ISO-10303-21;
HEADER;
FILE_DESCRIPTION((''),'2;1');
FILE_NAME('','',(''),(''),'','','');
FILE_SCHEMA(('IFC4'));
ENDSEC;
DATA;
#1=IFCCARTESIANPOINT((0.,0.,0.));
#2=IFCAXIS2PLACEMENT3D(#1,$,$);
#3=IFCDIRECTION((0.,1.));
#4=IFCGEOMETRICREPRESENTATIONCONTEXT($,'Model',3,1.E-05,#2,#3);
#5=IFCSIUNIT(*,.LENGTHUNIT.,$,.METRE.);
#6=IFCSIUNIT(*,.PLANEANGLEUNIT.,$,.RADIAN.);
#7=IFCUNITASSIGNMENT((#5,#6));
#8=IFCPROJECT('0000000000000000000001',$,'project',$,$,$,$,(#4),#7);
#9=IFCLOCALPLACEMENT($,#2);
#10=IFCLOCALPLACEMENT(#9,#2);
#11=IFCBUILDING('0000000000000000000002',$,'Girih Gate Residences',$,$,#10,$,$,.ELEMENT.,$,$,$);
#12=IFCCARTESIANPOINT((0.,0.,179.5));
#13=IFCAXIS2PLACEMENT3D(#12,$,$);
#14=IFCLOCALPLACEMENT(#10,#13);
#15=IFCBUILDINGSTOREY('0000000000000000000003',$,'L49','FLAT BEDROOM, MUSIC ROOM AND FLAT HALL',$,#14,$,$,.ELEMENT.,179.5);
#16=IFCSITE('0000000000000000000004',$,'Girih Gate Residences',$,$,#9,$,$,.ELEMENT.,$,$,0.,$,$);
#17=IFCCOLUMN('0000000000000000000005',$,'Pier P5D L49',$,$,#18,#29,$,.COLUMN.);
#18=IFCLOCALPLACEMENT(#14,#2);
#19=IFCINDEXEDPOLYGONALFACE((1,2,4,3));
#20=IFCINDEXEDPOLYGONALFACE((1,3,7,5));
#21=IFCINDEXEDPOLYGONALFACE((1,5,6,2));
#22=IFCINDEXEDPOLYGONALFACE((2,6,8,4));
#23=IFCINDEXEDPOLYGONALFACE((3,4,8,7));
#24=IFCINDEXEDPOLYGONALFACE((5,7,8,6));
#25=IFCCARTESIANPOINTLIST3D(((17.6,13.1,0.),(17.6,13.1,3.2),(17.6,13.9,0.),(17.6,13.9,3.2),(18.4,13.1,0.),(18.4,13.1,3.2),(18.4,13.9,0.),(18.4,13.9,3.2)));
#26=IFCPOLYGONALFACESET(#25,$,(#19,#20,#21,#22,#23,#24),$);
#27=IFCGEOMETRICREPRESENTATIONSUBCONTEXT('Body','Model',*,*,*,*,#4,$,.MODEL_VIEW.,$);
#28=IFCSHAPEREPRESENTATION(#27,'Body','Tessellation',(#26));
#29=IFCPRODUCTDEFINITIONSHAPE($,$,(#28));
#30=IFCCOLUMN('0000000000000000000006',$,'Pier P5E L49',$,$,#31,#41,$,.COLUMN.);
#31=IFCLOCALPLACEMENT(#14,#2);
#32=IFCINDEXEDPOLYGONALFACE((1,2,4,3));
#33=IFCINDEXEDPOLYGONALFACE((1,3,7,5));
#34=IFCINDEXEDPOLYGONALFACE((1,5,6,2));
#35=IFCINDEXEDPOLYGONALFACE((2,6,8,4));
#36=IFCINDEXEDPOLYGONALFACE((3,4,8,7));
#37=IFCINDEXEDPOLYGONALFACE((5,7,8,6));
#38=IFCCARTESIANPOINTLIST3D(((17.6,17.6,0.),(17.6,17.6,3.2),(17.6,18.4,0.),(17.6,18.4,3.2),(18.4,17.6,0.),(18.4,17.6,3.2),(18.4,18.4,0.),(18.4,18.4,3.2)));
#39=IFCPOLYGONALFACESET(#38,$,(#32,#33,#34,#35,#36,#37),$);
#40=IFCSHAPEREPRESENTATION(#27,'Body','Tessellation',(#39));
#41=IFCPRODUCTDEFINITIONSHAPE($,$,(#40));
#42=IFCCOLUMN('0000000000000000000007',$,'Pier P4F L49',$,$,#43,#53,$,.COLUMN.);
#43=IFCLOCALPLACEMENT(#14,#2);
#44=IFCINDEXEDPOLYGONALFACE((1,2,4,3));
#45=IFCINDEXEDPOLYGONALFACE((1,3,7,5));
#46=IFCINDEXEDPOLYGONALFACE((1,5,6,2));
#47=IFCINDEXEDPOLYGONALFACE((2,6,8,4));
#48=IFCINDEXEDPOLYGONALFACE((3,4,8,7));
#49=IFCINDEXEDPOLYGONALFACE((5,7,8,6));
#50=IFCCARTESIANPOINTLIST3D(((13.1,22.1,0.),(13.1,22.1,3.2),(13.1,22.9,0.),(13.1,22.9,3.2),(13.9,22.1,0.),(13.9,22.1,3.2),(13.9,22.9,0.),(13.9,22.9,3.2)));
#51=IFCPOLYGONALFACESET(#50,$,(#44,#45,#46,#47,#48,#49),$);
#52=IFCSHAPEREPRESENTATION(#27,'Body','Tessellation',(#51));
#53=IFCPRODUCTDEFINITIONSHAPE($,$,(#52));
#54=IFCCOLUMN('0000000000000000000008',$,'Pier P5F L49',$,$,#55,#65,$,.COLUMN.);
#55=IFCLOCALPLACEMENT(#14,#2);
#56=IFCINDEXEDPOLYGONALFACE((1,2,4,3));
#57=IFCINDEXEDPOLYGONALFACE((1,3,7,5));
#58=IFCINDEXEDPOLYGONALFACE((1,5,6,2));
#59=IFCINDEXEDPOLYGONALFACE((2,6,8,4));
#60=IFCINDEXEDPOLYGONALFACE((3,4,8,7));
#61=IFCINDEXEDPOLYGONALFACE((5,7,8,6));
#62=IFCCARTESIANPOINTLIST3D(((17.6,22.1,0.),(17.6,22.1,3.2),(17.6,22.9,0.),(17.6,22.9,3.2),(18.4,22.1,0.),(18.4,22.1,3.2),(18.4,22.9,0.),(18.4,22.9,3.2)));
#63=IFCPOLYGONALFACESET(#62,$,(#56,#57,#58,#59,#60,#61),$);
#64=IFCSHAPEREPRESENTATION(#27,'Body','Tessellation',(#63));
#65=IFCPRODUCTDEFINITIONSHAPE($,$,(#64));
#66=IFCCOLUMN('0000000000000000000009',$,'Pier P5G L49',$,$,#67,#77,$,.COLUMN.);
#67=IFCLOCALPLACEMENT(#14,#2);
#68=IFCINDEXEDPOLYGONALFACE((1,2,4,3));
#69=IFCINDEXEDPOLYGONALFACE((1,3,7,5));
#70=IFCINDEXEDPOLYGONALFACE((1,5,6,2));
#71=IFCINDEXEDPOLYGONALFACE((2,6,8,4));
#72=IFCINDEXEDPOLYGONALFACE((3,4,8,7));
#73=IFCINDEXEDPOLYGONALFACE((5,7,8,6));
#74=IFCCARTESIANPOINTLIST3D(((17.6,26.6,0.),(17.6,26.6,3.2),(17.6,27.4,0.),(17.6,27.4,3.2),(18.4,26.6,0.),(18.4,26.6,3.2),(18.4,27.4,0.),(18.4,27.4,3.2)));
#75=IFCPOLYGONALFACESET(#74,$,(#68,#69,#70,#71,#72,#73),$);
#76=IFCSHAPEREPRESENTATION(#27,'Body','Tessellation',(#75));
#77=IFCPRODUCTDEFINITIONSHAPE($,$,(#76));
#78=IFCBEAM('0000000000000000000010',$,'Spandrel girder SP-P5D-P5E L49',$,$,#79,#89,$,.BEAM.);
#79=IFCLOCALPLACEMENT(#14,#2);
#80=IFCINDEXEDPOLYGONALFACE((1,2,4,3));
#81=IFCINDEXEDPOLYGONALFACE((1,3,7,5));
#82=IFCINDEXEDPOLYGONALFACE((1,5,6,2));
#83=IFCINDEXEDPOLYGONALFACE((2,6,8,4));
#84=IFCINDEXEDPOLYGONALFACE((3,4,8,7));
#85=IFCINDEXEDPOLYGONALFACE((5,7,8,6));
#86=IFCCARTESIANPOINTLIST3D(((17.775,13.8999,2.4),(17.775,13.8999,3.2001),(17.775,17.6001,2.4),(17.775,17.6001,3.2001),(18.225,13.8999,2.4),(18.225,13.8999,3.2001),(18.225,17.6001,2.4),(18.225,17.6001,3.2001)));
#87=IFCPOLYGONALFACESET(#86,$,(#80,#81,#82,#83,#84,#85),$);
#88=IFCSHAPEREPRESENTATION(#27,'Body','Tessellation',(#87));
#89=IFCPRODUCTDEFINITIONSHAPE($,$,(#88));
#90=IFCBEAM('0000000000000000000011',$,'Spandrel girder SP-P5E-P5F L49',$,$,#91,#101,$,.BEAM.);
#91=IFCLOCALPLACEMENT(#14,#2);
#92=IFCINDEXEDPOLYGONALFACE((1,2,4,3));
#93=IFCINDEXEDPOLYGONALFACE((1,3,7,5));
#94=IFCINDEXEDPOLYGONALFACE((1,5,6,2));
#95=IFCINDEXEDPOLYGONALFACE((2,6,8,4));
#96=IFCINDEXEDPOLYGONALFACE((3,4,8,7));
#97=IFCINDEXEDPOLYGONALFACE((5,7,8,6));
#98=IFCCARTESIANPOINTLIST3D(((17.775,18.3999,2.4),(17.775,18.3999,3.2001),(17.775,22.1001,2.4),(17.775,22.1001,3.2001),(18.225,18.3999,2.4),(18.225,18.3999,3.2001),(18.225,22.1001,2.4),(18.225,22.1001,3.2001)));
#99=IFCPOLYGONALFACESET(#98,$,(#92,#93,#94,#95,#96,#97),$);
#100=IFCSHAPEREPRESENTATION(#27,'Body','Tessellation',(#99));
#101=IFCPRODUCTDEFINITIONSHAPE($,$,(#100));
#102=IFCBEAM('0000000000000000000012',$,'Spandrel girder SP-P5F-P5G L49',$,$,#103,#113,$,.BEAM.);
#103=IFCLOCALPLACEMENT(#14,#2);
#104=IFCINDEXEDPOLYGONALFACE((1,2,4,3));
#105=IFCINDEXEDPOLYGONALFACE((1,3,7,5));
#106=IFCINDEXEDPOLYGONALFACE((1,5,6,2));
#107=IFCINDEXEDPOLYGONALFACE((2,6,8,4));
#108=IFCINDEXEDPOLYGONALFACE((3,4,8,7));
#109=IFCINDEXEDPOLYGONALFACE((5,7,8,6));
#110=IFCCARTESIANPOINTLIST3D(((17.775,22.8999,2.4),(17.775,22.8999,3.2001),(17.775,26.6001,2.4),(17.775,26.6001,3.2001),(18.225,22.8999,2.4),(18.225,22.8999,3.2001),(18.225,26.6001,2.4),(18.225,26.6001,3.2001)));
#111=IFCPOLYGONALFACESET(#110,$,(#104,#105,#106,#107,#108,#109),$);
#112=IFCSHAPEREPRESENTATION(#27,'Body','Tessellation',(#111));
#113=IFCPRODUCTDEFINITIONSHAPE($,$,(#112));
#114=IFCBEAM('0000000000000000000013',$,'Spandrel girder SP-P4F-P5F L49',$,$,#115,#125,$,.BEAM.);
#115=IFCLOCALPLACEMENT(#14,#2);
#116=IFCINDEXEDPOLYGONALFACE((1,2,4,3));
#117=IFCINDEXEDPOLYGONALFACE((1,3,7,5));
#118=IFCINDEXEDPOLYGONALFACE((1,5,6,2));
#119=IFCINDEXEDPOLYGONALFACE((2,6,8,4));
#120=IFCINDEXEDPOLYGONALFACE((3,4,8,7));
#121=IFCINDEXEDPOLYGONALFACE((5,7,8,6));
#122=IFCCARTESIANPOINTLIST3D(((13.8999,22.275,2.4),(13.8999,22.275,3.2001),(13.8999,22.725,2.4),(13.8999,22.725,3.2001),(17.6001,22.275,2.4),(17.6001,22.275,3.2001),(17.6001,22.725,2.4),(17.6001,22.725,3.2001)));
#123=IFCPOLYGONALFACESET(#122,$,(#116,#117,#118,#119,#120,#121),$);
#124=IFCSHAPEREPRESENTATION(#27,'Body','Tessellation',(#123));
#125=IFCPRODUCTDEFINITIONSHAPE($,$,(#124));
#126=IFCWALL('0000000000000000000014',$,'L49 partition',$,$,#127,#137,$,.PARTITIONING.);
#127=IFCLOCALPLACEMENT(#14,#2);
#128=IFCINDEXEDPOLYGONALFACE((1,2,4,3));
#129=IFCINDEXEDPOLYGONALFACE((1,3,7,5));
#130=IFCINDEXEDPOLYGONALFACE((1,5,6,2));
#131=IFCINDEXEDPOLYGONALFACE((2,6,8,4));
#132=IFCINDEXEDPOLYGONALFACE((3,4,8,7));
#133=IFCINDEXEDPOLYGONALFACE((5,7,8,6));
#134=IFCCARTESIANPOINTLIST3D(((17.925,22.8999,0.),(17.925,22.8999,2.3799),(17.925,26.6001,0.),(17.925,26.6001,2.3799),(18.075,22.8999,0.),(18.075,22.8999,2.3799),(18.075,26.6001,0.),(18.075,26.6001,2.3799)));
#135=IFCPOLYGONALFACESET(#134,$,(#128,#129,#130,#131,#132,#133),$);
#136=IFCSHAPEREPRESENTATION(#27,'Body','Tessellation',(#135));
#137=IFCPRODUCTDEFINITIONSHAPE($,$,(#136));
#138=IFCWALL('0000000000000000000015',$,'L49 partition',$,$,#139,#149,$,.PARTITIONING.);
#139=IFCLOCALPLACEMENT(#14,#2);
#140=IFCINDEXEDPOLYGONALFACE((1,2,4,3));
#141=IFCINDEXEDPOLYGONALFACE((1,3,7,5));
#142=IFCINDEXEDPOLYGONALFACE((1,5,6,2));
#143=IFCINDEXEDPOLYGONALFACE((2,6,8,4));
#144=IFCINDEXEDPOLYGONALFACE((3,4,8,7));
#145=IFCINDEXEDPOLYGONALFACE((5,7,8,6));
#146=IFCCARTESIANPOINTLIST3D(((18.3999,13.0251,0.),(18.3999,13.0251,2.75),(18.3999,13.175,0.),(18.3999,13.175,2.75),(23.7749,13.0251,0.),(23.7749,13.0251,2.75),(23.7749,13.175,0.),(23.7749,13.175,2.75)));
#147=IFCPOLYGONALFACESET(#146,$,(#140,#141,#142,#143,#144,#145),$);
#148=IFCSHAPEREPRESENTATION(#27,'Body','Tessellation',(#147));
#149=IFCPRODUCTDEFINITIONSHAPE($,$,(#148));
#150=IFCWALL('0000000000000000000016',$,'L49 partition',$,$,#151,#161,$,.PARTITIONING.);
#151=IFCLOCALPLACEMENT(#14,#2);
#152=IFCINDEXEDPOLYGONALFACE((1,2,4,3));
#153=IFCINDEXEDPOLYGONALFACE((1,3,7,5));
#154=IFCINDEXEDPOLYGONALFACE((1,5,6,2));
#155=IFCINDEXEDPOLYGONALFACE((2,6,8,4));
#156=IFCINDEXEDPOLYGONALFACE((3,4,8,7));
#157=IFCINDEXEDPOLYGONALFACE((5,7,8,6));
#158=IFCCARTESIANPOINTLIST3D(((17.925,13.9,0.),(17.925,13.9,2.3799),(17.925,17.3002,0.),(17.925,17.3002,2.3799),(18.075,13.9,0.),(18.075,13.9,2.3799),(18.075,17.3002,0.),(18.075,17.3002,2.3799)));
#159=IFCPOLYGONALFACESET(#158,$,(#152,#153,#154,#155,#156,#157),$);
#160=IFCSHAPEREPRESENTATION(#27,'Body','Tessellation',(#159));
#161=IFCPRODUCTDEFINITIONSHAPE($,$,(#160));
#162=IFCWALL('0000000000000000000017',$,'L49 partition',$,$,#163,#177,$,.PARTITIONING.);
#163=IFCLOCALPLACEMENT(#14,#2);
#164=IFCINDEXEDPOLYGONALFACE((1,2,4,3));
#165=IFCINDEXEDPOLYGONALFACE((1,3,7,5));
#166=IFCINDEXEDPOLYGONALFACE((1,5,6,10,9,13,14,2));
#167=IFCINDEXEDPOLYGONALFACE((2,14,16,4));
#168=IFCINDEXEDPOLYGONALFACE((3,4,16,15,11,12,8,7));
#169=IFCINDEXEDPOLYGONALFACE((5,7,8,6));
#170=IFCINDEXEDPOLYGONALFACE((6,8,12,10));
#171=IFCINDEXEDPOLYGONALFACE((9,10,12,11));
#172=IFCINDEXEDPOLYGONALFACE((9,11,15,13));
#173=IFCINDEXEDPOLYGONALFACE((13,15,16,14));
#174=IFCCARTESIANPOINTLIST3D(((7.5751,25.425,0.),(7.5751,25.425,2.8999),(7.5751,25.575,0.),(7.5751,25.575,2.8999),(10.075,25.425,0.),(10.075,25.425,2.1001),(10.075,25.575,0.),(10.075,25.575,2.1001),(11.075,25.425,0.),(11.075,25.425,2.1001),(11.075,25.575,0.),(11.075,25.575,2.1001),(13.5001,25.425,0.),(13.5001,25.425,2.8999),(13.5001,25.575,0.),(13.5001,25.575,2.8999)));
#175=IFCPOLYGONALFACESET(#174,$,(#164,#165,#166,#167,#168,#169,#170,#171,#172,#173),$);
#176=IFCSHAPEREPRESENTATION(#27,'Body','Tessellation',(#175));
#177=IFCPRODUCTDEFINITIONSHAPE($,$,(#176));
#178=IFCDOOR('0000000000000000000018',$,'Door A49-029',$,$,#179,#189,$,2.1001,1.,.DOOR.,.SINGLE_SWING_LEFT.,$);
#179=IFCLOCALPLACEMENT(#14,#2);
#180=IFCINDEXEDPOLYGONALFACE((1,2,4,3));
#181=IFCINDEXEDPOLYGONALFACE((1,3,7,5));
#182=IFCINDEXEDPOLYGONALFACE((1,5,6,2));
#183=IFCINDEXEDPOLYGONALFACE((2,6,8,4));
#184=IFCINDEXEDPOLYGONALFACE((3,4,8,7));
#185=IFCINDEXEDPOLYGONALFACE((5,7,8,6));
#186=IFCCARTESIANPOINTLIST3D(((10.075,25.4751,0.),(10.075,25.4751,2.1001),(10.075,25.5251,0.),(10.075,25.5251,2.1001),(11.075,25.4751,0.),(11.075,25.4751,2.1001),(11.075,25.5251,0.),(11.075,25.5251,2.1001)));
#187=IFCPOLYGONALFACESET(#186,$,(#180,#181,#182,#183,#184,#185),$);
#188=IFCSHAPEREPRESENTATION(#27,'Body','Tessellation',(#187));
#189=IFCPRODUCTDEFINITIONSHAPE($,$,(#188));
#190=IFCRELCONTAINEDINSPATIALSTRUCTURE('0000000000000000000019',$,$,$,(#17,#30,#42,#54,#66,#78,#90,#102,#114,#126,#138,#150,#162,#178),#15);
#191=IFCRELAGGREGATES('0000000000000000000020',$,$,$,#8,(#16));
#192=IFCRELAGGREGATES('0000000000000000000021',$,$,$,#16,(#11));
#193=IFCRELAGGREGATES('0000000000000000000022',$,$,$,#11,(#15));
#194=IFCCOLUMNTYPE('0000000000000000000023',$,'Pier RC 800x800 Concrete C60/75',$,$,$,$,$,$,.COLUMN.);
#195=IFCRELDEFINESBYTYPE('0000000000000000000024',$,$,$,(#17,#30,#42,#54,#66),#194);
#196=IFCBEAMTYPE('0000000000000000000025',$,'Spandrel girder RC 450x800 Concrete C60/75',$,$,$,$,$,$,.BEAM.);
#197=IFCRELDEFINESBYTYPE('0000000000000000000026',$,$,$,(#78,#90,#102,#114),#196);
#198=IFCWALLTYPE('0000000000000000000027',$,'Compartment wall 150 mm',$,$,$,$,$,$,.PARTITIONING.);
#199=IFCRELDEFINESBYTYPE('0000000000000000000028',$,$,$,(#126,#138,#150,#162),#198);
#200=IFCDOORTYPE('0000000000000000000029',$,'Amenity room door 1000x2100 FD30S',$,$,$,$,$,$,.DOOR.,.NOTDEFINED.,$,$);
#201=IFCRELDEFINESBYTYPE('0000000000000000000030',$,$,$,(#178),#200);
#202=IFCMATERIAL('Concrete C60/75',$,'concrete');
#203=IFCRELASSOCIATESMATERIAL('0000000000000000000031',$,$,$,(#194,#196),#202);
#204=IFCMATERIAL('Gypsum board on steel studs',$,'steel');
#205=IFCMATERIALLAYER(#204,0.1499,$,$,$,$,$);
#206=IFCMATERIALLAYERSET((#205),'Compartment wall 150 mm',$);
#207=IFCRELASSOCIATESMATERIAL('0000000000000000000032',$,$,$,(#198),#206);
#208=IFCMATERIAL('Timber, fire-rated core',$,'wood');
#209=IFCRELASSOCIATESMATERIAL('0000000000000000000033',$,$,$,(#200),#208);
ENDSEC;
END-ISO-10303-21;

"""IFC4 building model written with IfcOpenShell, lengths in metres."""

from ifc_helpers import new_model, si_unit, direction, frame, frame_2d, origin, origin_2d, place, context, subcontext, project, spatial, rectangle, extrude, material, layer, layer_set, material_profile, profile_set, type_object, element, fill, save


model = new_model("IFC4")

# Units and contexts
model_context = context("Model", 3, precision=1e-05, world=origin(), true_north=direction((0.0, 1.0)))
body_context = subcontext(model_context, "Body", "Model", "MODEL_VIEW")
ifc_project = project(units=[si_unit("LENGTHUNIT", "METRE"), si_unit("PLANEANGLEUNIT", "RADIAN")], contexts=[model_context])

# Site, building, storey
site_placement = place(None, origin())
site = spatial("IfcSite", under=ifc_project, at=site_placement, Name="Girih Gate Residences", CompositionType="ELEMENT", RefElevation=0.0)
building_placement = place(site_placement, origin())
building = spatial("IfcBuilding", under=site, at=building_placement, Name="Girih Gate Residences", CompositionType="ELEMENT")
storey_placement = place(building_placement, frame((0.0, 0.0, 179.5)))
storey = spatial("IfcBuildingStorey", under=building, at=storey_placement, Name="L49", Description="FLAT BEDROOM, MUSIC ROOM AND FLAT HALL", CompositionType="ELEMENT", Elevation=179.5)

# Columns
ifc_material_1 = material(Name="Concrete C60/75", Category="concrete")
ifc_material_profile_1 = material_profile(ifc_material_1, rectangle(XDim=0.8, YDim=0.8, at=origin_2d()))
ifc_profile_set_1 = profile_set([ifc_material_profile_1], Name="Concrete C60/75")
column_type = type_object("IfcColumnType", Name="Pier RC 800x800 Concrete C60/75", PredefinedType="COLUMN", material=ifc_profile_set_1)
for number, where, z_axis, x_axis, name in (
    (1, (18.0, 13.5, 0.0), (0.0, 0.0, 1.0), (1.0, 0.0, 0.0), "Pier P5D L49"),
    (2, (18.0, 18.0, 0.0), (0.0, 0.0, 1.0), (1.0, 0.0, 0.0), "Pier P5E L49"),
    (3, (13.5, 22.5, 0.0), (0.0, 0.0, 1.0), (1.0, 0.0, 0.0), "Pier P4F L49"),
    (4, (18.0, 22.5, 0.0), (0.0, 0.0, 1.0), (1.0, 0.0, 0.0), "Pier P5F L49"),
    (5, (18.0, 27.0, 0.0), (0.0, 0.0, 1.0), (1.0, 0.0, 0.0), "Pier P5G L49"),
):
    element("IfcColumn", number, at=place(storey_placement, frame(where, z_axis=z_axis, x_axis=x_axis)), inside=storey, type_object=column_type, Name=name, PredefinedType="COLUMN", context=body_context, shape_type="SweptSolid", body=[
        extrude(rectangle(XDim=0.8, YDim=0.8, at=origin_2d()), origin(), (0.0, 0.0, 1.0), 3.2),
    ])

# Beams
ifc_material_profile_2 = material_profile(ifc_material_1, rectangle(XDim=0.45, YDim=0.8, at=origin_2d()))
ifc_profile_set_2 = profile_set([ifc_material_profile_2], Name="Concrete C60/75")
beam_type = type_object("IfcBeamType", Name="Spandrel girder RC 450x800 Concrete C60/75", PredefinedType="BEAM", material=ifc_profile_set_2)
for number, where, z_axis, x_axis, name in (
    (6, (18.0, 13.8999, 2.8), (0.0, 1.0, 0.0), (-1.0, 0.0, 0.0), "Spandrel girder SP-P5D-P5E L49"),
    (7, (18.0, 18.3999, 2.8), (0.0, 1.0, 0.0), (-1.0, 0.0, 0.0), "Spandrel girder SP-P5E-P5F L49"),
    (8, (18.0, 22.8999, 2.8), (0.0, 1.0, 0.0), (-1.0, 0.0, 0.0), "Spandrel girder SP-P5F-P5G L49"),
    (9, (13.8999, 22.5, 2.8), (1.0, 0.0, 0.0), (0.0, 1.0, 0.0), "Spandrel girder SP-P4F-P5F L49"),
):
    element("IfcBeam", number, at=place(storey_placement, frame(where, z_axis=z_axis, x_axis=x_axis)), inside=storey, type_object=beam_type, Name=name, PredefinedType="BEAM", context=body_context, shape_type="SweptSolid", body=[
        extrude(rectangle(XDim=0.45, YDim=0.8, at=origin_2d()), origin(), (0.0, 0.0, 1.0), 3.7002),
    ])

# Walls
ifc_material_2 = material(Name="Gypsum board on steel studs", Category="steel")
ifc_layer_1 = layer(ifc_material_2, 0.1499)
ifc_layer_set_1 = layer_set([ifc_layer_1], Name="Compartment wall 150 mm")
wall_type_1 = type_object("IfcWallType", Name="Compartment wall 150 mm", PredefinedType="PARTITIONING", material=ifc_layer_set_1)
wall_1_placement = place(storey_placement, frame((18.0, 22.8999, 0.0), z_axis=(0.0, 0.0, 1.0), x_axis=(0.0, 1.0, 0.0)))
element("IfcWall", 10, at=wall_1_placement, inside=storey, type_object=wall_type_1, Name="L49 partition", PredefinedType="PARTITIONING", context=body_context, shape_type="SweptSolid", body=[
    extrude(rectangle(XDim=3.7002, YDim=0.1499, at=frame_2d((1.8501, 0.0))), origin(), (0.0, 0.0, 1.0), 2.3799),
])
wall_2_placement = place(storey_placement, frame((18.3999, 13.1001, 0.0), z_axis=(0.0, 0.0, 1.0), x_axis=(1.0, 0.0, 0.0)))
element("IfcWall", 11, at=wall_2_placement, inside=storey, type_object=wall_type_1, Name="L49 partition", PredefinedType="PARTITIONING", context=body_context, shape_type="SweptSolid", body=[
    extrude(rectangle(XDim=5.375, YDim=0.1499, at=frame_2d((2.6875, 0.0))), origin(), (0.0, 0.0, 1.0), 2.75),
])
wall_3_placement = place(storey_placement, frame((18.0, 13.8999, 0.0), z_axis=(0.0, 0.0, 1.0), x_axis=(0.0, 1.0, 0.0)))
element("IfcWall", 12, at=wall_3_placement, inside=storey, type_object=wall_type_1, Name="L49 partition", PredefinedType="PARTITIONING", context=body_context, shape_type="SweptSolid", body=[
    extrude(rectangle(XDim=3.4001, YDim=0.1499, at=frame_2d((1.7002, 0.0))), origin(), (0.0, 0.0, 1.0), 2.3799),
])

# Wall, opening, door
wall_4_placement = place(storey_placement, frame((13.5, 25.5, 0.0), z_axis=(0.0, 0.0, 1.0), x_axis=(-1.0, 0.0, 0.0)))
wall_4 = element("IfcWall", 13, at=wall_4_placement, inside=storey, type_object=wall_type_1, Name="L49 partition", PredefinedType="PARTITIONING", context=body_context, shape_type="SweptSolid", body=[
    extrude(rectangle(XDim=5.925, YDim=0.1499, at=frame_2d((2.9624, 0.0))), origin(), (0.0, 0.0, 1.0), 2.8999),
])
opening_1_placement = place(wall_4_placement, frame((2.425, 0.0, 0.0)))
opening_1 = element("IfcOpeningElement", 14, at=opening_1_placement, cuts=wall_4, PredefinedType="OPENING", context=body_context, shape_type="SweptSolid", body=[
    extrude(rectangle(XDim=1.0, YDim=2.1001, at=frame_2d((0.5, 1.05))), frame((0.0, 0.085, 0.0), z_axis=(0.0, -1.0, 0.0), x_axis=(1.0, 0.0, 0.0)), (0.0, 0.0, 1.0), 0.1699),
])
ifc_material_3 = material(Name="Timber, fire-rated core", Category="wood")
door_type = type_object("IfcDoorType", Name="Amenity room door 1000x2100 FD30S", OperationType="NOTDEFINED", PredefinedType="DOOR", material=ifc_material_3)
door_1_placement = place(opening_1_placement, origin())
door_1 = element("IfcDoor", 15, at=door_1_placement, inside=storey, type_object=door_type, Name="Door A49-029", OperationType="SINGLE_SWING_LEFT", OverallHeight=2.1001, OverallWidth=1.0, PredefinedType="DOOR", context=body_context, shape_type="SweptSolid", body=[
    extrude(rectangle(XDim=1.0, YDim=2.1001, at=frame_2d((0.5, 1.05))), frame((0.0, 0.0249, 0.0), z_axis=(0.0, -1.0, 0.0), x_axis=(1.0, 0.0, 0.0)), (0.0, 0.0, 1.0), 0.05),
])
fill(opening_1, door_1)

save(model, "model.ifc")
